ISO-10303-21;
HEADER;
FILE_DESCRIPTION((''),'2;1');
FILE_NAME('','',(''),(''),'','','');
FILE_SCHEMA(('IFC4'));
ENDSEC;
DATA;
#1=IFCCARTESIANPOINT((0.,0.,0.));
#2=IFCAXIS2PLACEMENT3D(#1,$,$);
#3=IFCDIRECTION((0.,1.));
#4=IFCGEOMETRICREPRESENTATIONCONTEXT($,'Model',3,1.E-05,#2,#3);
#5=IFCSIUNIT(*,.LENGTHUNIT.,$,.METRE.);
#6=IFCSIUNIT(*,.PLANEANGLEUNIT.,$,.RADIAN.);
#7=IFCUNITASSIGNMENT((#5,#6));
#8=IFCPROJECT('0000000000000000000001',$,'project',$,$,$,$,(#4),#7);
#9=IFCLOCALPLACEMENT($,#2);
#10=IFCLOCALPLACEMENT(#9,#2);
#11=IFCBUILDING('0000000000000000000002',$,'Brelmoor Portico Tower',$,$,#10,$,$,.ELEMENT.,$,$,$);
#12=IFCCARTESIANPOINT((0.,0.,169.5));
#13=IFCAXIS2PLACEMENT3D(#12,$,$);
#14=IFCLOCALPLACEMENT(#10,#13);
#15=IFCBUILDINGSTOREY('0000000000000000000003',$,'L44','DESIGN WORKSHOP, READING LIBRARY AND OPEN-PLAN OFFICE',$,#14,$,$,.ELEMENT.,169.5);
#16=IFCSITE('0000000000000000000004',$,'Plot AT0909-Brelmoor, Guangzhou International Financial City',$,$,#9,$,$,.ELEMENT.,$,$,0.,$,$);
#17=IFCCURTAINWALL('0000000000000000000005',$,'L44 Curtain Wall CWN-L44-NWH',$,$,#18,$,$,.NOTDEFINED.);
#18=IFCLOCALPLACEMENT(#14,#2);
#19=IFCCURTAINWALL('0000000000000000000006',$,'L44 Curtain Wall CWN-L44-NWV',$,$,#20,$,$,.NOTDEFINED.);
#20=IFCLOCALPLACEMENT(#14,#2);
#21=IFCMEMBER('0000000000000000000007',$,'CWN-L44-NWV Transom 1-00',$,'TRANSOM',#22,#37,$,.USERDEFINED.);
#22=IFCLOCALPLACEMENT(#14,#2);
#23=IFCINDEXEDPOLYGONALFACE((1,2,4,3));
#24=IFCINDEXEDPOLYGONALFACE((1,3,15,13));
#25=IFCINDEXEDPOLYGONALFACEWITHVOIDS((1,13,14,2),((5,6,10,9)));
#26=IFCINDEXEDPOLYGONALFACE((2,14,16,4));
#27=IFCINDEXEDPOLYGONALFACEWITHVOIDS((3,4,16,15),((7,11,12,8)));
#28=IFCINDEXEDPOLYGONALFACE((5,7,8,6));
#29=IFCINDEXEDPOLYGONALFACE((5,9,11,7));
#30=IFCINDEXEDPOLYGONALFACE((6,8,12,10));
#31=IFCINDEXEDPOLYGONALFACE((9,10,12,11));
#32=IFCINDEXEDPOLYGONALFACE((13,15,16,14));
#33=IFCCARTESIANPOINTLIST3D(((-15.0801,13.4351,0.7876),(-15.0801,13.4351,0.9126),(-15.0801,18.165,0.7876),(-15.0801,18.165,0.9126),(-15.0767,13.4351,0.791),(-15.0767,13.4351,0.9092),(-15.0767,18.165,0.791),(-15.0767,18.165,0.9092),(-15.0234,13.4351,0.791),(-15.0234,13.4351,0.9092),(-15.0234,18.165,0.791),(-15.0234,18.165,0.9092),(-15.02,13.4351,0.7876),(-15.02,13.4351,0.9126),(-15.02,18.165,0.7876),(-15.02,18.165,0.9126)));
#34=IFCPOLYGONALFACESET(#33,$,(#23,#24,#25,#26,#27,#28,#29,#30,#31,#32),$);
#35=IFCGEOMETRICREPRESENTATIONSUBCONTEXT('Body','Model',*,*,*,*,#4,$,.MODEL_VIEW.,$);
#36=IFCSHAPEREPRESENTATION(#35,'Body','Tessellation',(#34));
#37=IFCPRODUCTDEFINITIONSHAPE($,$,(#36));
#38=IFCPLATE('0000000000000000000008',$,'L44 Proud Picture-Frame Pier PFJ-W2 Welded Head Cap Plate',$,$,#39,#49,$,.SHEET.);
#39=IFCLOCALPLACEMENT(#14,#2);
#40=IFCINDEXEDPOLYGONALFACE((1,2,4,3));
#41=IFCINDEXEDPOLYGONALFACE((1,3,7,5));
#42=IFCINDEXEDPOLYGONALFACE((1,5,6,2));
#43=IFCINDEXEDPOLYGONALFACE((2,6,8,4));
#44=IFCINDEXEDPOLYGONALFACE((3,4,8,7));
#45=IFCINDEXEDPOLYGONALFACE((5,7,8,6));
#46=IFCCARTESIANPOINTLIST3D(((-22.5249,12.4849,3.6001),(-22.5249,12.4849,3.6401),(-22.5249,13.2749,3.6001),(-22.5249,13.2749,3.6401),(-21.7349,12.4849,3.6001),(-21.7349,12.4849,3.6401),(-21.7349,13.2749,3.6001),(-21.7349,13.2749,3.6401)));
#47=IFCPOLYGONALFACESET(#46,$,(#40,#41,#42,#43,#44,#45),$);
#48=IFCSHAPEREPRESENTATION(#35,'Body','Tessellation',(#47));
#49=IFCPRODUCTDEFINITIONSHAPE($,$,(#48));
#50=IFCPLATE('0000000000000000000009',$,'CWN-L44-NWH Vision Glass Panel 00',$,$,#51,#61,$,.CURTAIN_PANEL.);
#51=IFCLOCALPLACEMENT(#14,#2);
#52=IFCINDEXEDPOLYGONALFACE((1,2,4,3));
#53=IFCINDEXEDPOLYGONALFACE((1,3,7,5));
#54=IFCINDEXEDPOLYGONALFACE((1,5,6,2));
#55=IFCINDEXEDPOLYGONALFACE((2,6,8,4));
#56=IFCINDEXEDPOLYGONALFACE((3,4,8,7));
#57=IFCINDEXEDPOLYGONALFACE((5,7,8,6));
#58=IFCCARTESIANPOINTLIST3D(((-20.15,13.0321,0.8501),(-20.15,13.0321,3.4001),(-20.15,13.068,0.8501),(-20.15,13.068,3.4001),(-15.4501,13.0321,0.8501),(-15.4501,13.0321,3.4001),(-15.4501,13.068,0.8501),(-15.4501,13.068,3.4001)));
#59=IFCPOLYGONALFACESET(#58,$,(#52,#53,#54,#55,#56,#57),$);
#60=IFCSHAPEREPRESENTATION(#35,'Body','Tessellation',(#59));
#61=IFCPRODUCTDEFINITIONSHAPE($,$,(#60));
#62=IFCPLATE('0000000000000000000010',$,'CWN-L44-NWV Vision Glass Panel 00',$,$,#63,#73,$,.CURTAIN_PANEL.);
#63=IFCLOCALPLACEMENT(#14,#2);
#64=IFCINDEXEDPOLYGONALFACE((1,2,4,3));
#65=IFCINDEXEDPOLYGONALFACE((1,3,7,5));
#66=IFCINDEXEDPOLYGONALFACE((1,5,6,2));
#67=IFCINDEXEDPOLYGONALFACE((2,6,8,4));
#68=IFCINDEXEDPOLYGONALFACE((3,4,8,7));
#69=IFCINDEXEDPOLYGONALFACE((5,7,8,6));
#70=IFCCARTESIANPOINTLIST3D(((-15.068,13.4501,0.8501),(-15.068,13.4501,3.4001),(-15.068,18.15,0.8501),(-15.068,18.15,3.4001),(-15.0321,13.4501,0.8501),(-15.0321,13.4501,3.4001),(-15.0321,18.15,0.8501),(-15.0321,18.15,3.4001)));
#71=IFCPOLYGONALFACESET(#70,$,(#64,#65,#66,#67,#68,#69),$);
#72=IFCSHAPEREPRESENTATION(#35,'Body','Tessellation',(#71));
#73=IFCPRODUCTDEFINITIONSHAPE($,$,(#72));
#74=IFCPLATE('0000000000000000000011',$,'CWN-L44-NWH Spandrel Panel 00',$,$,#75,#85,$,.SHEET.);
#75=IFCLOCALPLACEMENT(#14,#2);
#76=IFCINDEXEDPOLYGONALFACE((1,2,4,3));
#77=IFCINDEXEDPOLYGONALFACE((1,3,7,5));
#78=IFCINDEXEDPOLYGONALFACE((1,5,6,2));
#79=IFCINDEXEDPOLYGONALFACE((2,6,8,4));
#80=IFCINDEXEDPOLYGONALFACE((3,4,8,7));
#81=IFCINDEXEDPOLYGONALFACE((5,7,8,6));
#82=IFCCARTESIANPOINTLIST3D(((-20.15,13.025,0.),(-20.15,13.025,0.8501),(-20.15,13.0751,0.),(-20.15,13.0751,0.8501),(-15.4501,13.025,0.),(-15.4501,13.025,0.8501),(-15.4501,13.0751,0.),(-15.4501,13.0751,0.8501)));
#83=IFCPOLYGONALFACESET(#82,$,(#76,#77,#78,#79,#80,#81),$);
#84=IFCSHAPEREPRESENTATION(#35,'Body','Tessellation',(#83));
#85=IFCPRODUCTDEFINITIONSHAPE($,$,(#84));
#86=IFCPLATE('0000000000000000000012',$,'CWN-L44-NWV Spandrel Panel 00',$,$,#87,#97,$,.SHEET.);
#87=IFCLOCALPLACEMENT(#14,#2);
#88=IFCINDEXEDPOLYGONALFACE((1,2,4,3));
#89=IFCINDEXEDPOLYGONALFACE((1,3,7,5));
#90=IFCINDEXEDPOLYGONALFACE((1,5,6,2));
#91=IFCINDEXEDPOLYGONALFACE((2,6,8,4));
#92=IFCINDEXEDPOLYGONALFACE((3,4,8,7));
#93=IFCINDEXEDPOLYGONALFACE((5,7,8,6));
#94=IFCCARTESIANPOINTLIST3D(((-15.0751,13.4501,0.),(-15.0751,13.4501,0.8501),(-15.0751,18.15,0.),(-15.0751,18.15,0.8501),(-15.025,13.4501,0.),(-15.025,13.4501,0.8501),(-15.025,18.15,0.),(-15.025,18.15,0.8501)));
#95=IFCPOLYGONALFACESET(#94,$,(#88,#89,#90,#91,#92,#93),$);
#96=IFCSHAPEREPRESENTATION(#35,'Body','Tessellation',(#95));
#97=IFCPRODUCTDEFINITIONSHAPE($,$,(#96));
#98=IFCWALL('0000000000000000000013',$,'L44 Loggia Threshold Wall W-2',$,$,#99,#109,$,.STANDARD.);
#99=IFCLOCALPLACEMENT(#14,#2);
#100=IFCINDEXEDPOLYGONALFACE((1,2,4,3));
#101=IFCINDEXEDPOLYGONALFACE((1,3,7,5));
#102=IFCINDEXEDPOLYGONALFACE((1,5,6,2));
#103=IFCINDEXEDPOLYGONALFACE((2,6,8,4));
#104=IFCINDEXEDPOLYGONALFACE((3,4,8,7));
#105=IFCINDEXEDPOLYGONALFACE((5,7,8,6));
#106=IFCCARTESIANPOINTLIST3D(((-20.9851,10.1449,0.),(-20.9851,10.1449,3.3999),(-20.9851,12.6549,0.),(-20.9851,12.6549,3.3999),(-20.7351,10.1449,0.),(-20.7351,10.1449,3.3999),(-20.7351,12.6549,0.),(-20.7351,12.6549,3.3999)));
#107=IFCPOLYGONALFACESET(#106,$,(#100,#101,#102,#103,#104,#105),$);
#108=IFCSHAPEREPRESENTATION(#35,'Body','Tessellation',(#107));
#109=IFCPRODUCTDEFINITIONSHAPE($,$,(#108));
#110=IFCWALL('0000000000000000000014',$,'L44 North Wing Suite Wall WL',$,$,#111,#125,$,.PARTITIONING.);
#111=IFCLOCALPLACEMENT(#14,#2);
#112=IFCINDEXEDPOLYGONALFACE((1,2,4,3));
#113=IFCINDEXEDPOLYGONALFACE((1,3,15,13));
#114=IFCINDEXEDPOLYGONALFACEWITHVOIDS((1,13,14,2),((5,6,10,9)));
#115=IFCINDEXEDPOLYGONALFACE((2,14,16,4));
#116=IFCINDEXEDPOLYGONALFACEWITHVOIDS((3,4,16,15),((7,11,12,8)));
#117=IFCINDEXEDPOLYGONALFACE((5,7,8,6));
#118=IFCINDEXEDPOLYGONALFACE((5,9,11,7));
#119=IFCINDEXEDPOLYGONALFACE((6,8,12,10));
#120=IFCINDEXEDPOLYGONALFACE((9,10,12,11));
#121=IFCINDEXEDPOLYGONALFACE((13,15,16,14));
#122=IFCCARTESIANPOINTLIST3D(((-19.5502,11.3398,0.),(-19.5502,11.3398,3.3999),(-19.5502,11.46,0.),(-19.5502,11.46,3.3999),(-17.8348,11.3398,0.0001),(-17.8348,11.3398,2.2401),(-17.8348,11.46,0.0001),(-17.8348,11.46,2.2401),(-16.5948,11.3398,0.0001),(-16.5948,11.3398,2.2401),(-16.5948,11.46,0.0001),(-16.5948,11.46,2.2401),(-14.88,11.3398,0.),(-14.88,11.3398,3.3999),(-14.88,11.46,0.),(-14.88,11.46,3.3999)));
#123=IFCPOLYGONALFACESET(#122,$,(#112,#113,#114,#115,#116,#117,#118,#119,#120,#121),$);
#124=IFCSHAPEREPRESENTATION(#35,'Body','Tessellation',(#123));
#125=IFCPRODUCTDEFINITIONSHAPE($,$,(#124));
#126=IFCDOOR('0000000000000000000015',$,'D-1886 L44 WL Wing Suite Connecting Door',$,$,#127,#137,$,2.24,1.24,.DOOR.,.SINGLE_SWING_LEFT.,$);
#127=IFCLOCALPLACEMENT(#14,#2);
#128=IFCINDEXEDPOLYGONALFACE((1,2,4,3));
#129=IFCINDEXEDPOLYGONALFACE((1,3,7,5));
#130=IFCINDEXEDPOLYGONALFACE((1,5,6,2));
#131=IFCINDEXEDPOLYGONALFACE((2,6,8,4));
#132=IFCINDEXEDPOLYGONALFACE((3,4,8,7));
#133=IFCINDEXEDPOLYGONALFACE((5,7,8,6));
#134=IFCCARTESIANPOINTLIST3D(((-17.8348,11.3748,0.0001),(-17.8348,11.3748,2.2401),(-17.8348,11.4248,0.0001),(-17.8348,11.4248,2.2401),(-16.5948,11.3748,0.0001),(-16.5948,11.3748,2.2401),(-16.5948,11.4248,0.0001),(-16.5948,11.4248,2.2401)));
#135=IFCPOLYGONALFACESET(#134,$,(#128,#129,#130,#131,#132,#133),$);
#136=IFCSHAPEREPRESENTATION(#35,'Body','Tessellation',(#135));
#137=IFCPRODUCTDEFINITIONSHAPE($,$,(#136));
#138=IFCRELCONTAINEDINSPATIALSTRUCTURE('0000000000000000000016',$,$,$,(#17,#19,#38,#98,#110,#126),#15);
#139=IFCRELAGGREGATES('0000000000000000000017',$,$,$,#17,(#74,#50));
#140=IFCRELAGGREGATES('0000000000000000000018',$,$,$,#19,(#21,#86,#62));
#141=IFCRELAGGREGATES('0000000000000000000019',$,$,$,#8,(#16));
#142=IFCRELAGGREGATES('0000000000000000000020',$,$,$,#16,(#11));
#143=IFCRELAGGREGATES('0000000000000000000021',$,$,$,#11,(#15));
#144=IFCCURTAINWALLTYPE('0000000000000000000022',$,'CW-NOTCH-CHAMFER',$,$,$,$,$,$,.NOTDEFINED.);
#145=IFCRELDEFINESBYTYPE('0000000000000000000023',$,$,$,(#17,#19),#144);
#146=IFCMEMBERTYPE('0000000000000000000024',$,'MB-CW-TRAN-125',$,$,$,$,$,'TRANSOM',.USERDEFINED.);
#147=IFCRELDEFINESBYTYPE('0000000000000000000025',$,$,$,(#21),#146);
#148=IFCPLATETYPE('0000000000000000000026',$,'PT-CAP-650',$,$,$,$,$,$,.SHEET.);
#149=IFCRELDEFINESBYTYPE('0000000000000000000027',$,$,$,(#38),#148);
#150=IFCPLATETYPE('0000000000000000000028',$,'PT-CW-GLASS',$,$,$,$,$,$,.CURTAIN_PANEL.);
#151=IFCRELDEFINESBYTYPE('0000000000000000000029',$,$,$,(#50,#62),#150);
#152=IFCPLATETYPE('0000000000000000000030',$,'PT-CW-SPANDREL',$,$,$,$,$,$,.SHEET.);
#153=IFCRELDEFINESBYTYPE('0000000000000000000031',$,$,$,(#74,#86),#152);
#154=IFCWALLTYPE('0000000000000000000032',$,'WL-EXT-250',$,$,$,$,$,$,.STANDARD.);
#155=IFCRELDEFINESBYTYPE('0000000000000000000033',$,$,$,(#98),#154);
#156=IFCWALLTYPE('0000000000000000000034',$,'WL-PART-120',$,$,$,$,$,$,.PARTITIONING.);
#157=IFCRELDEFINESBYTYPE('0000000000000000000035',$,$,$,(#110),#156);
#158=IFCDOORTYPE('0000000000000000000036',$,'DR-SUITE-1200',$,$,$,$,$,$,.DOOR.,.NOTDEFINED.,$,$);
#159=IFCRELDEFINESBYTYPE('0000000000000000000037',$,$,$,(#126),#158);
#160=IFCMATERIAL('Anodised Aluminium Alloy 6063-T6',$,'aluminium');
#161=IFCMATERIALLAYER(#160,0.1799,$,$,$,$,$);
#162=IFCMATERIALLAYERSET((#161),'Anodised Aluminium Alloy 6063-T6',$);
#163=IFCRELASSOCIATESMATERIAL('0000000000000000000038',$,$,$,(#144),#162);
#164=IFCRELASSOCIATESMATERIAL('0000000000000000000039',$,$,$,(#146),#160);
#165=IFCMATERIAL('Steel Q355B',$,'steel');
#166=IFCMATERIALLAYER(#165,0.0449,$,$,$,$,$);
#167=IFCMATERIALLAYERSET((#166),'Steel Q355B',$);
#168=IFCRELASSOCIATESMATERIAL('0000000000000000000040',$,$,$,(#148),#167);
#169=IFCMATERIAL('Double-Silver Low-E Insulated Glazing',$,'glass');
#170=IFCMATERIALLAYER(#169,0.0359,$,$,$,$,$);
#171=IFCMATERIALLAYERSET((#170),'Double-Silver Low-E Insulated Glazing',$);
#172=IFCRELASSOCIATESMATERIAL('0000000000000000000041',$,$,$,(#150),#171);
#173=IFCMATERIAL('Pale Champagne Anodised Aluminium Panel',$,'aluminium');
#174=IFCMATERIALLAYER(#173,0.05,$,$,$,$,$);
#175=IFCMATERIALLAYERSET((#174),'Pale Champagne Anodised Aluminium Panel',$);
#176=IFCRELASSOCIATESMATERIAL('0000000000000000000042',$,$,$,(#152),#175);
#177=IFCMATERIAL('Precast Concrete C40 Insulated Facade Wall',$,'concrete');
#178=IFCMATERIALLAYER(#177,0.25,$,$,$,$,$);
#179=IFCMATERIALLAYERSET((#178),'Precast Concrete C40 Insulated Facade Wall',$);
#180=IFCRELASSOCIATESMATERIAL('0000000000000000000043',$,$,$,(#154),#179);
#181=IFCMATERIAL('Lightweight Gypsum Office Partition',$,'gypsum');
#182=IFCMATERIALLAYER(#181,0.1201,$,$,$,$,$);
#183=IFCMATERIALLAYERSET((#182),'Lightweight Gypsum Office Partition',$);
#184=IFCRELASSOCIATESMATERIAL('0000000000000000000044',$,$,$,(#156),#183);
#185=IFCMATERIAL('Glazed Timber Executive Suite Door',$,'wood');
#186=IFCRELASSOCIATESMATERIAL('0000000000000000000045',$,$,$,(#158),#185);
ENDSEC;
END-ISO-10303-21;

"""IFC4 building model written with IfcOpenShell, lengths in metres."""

from ifc_helpers import new_model, si_unit, direction, frame, frame_2d, origin, origin_2d, place, context, subcontext, project, spatial, rectangle, hollow_rectangle, extrude, material, layer, layer_set, material_profile, profile_set, type_object, element, fill, aggregate, save


model = new_model("IFC4")

# Units and contexts
model_context = context("Model", 3, precision=1e-05, world=origin(), true_north=direction((0.0, 1.0)))
body_context = subcontext(model_context, "Body", "Model", "MODEL_VIEW")
ifc_project = project(units=[si_unit("LENGTHUNIT", "METRE"), si_unit("PLANEANGLEUNIT", "RADIAN")], contexts=[model_context])

# Site, building, storey
site_placement = place(None, origin())
site = spatial("IfcSite", under=ifc_project, at=site_placement, Name="Plot AT0909-Brelmoor, Guangzhou International Financial City", CompositionType="ELEMENT", RefElevation=0.0)
building_placement = place(site_placement, origin())
building = spatial("IfcBuilding", under=site, at=building_placement, Name="Brelmoor Portico Tower", CompositionType="ELEMENT")
storey_placement = place(building_placement, frame((0.0, 0.0, 169.5)))
storey = spatial("IfcBuildingStorey", under=building, at=storey_placement, Name="L44", Description="DESIGN WORKSHOP, READING LIBRARY AND OPEN-PLAN OFFICE", CompositionType="ELEMENT", Elevation=169.5)

# Shared definitions
ifc_material_1 = material(Name="Steel Q355B", Category="steel")

# Curtain walls
ifc_material_2 = material(Name="Anodised Aluminium Alloy 6063-T6", Category="aluminium")
ifc_layer_1 = layer(ifc_material_2, 0.1799)
ifc_layer_set_1 = layer_set([ifc_layer_1], Name="Anodised Aluminium Alloy 6063-T6")
curtain_wall_type = type_object("IfcCurtainWallType", Name="CW-NOTCH-CHAMFER", PredefinedType="NOTDEFINED", material=ifc_layer_set_1)
curtain_wall_1_placement = place(storey_placement, origin())
curtain_wall_1 = element("IfcCurtainWall", 1, at=curtain_wall_1_placement, inside=storey, type_object=curtain_wall_type, Name="L44 Curtain Wall CWN-L44-NWH", PredefinedType="NOTDEFINED")
curtain_wall_2_placement = place(storey_placement, origin())
curtain_wall_2 = element("IfcCurtainWall", 2, at=curtain_wall_2_placement, inside=storey, type_object=curtain_wall_type, Name="L44 Curtain Wall CWN-L44-NWV", PredefinedType="NOTDEFINED")

# Member
ifc_material_profile_1 = material_profile(ifc_material_2, hollow_rectangle(XDim=0.0601, YDim=0.125, WallThickness=0.0034, at=origin_2d()), Name="ALU TRANSOM 60x125")
ifc_profile_set_1 = profile_set([ifc_material_profile_1], Name="Anodised Aluminium Alloy 6063-T6")
member_type_1 = type_object("IfcMemberType", Name="MB-CW-TRAN-125", ElementType="TRANSOM", PredefinedType="USERDEFINED", material=ifc_profile_set_1)
member_1_placement = place(storey_placement, frame((-15.05, 13.4351, 0.8501), z_axis=(0.0, 1.0, 0.0), x_axis=(-1.0, 0.0, 0.0)))
member_1 = element("IfcMember", 3, at=member_1_placement, type_object=member_type_1, Name="CWN-L44-NWV Transom 1-00", ObjectType="TRANSOM", PredefinedType="USERDEFINED", context=body_context, shape_type="SweptSolid", body=[
    extrude(hollow_rectangle(XDim=0.0601, YDim=0.125, WallThickness=0.0034, at=origin_2d()), origin(), (0.0, 0.0, 1.0), 4.73),
])

# Plates
ifc_layer_2 = layer(ifc_material_1, 0.0449)
ifc_layer_set_2 = layer_set([ifc_layer_2], Name="Steel Q355B")
plate_type_1 = type_object("IfcPlateType", Name="PT-CAP-650", PredefinedType="SHEET", material=ifc_layer_set_2)
plate_1_placement = place(storey_placement, frame((-22.1299, 12.8799, 3.6001), z_axis=(0.0, 0.0, 1.0), x_axis=(0.0, 1.0, 0.0)))
element("IfcPlate", 4, at=plate_1_placement, inside=storey, type_object=plate_type_1, Name="L44 Proud Picture-Frame Pier PFJ-W2 Welded Head Cap Plate", PredefinedType="SHEET", context=body_context, shape_type="SweptSolid", body=[
    extrude(rectangle(XDim=0.79, YDim=0.79, at=origin_2d()), origin(), (0.0, 0.0, 1.0), 0.04),
])
ifc_material_3 = material(Name="Double-Silver Low-E Insulated Glazing", Category="glass")
ifc_layer_3 = layer(ifc_material_3, 0.0359)
ifc_layer_set_3 = layer_set([ifc_layer_3], Name="Double-Silver Low-E Insulated Glazing")
plate_type_2 = type_object("IfcPlateType", Name="PT-CW-GLASS", PredefinedType="CURTAIN_PANEL", material=ifc_layer_set_3)
plate_2_placement = place(storey_placement, frame((-17.8, 13.05, 0.8501), z_axis=(0.0, 0.0, 1.0), x_axis=(1.0, 0.0, 0.0)))
plate_2 = element("IfcPlate", 5, at=plate_2_placement, type_object=plate_type_2, Name="CWN-L44-NWH Vision Glass Panel 00", PredefinedType="CURTAIN_PANEL", context=body_context, shape_type="SweptSolid", body=[
    extrude(rectangle(XDim=4.7, YDim=0.0359, at=origin_2d()), origin(), (0.0, 0.0, 1.0), 2.55),
])
plate_3_placement = place(storey_placement, frame((-15.05, 15.8, 0.8501), z_axis=(0.0, 0.0, 1.0), x_axis=(0.0, 1.0, 0.0)))
plate_3 = element("IfcPlate", 6, at=plate_3_placement, type_object=plate_type_2, Name="CWN-L44-NWV Vision Glass Panel 00", PredefinedType="CURTAIN_PANEL", context=body_context, shape_type="SweptSolid", body=[
    extrude(rectangle(XDim=4.7, YDim=0.0359, at=origin_2d()), origin(), (0.0, 0.0, 1.0), 2.55),
])
ifc_material_4 = material(Name="Pale Champagne Anodised Aluminium Panel", Category="aluminium")
ifc_layer_4 = layer(ifc_material_4, 0.05)
ifc_layer_set_4 = layer_set([ifc_layer_4], Name="Pale Champagne Anodised Aluminium Panel")
plate_type_3 = type_object("IfcPlateType", Name="PT-CW-SPANDREL", PredefinedType="SHEET", material=ifc_layer_set_4)
plate_4_placement = place(storey_placement, frame((-17.8, 13.05, 0.0), z_axis=(0.0, 0.0, 1.0), x_axis=(1.0, 0.0, 0.0)))
plate_4 = element("IfcPlate", 7, at=plate_4_placement, type_object=plate_type_3, Name="CWN-L44-NWH Spandrel Panel 00", PredefinedType="SHEET", context=body_context, shape_type="SweptSolid", body=[
    extrude(rectangle(XDim=4.7, YDim=0.05, at=origin_2d()), origin(), (0.0, 0.0, 1.0), 0.8501),
])
aggregate(curtain_wall_1, [plate_4, plate_2])
plate_5_placement = place(storey_placement, frame((-15.05, 15.8, 0.0), z_axis=(0.0, 0.0, 1.0), x_axis=(0.0, 1.0, 0.0)))
plate_5 = element("IfcPlate", 8, at=plate_5_placement, type_object=plate_type_3, Name="CWN-L44-NWV Spandrel Panel 00", PredefinedType="SHEET", context=body_context, shape_type="SweptSolid", body=[
    extrude(rectangle(XDim=4.7, YDim=0.05, at=origin_2d()), origin(), (0.0, 0.0, 1.0), 0.8501),
])
aggregate(curtain_wall_2, [member_1, plate_5, plate_3])

# Wall
ifc_material_5 = material(Name="Precast Concrete C40 Insulated Facade Wall", Category="concrete")
ifc_layer_5 = layer(ifc_material_5, 0.25)
ifc_layer_set_5 = layer_set([ifc_layer_5], Name="Precast Concrete C40 Insulated Facade Wall")
wall_type_1 = type_object("IfcWallType", Name="WL-EXT-250", PredefinedType="STANDARD", material=ifc_layer_set_5)
wall_1_placement = place(storey_placement, frame((-20.8601, 10.145, 0.0), z_axis=(0.0, 0.0, 1.0), x_axis=(0.0, 1.0, 0.0)))
element("IfcWall", 9, at=wall_1_placement, inside=storey, type_object=wall_type_1, Name="L44 Loggia Threshold Wall W-2", PredefinedType="STANDARD", context=body_context, shape_type="SweptSolid", body=[
    extrude(rectangle(XDim=2.51, YDim=0.25, at=frame_2d((1.2549, 0.0))), origin(), (0.0, 0.0, 1.0), 3.3999),
])

# Wall, opening, door
ifc_material_6 = material(Name="Lightweight Gypsum Office Partition", Category="gypsum")
ifc_layer_6 = layer(ifc_material_6, 0.1201)
ifc_layer_set_6 = layer_set([ifc_layer_6], Name="Lightweight Gypsum Office Partition")
wall_type_2 = type_object("IfcWallType", Name="WL-PART-120", PredefinedType="PARTITIONING", material=ifc_layer_set_6)
wall_2_placement = place(storey_placement, frame((-19.55, 11.3999, 0.0), z_axis=(0.0, 0.0, 1.0), x_axis=(1.0, 0.0, 0.0)))
wall_2 = element("IfcWall", 10, at=wall_2_placement, inside=storey, type_object=wall_type_2, Name="L44 North Wing Suite Wall WL", PredefinedType="PARTITIONING", context=body_context, shape_type="SweptSolid", body=[
    extrude(rectangle(XDim=4.6702, YDim=0.1201, at=frame_2d((2.335, 0.0))), origin(), (0.0, 0.0, 1.0), 3.3999),
])
opening_placement = place(wall_2_placement, frame((1.7151, 0.0, 0.0)))
opening = element("IfcOpeningElement", 11, at=opening_placement, cuts=wall_2, PredefinedType="OPENING", context=body_context, shape_type="SweptSolid", body=[
    extrude(rectangle(XDim=1.24, YDim=2.24, at=frame_2d((0.6201, 1.1201))), frame((0.0, 0.0701, 0.0), z_axis=(0.0, -1.0, 0.0), x_axis=(1.0, 0.0, 0.0)), (0.0, 0.0, 1.0), 0.1401),
])
ifc_material_7 = material(Name="Glazed Timber Executive Suite Door", Category="wood")
door_type = type_object("IfcDoorType", Name="DR-SUITE-1200", OperationType="NOTDEFINED", PredefinedType="DOOR", material=ifc_material_7)
door_placement = place(opening_placement, origin())
door = element("IfcDoor", 12, at=door_placement, inside=storey, type_object=door_type, Name="D-1886 L44 WL Wing Suite Connecting Door", OperationType="SINGLE_SWING_LEFT", OverallHeight=2.24, OverallWidth=1.24, PredefinedType="DOOR", context=body_context, shape_type="SweptSolid", body=[
    extrude(rectangle(XDim=1.24, YDim=2.24, at=frame_2d((0.6201, 1.1201))), frame((0.0, 0.0249, 0.0), z_axis=(0.0, -1.0, 0.0), x_axis=(1.0, 0.0, 0.0)), (0.0, 0.0, 1.0), 0.05),
])
fill(opening, door)

save(model, "model.ifc")
